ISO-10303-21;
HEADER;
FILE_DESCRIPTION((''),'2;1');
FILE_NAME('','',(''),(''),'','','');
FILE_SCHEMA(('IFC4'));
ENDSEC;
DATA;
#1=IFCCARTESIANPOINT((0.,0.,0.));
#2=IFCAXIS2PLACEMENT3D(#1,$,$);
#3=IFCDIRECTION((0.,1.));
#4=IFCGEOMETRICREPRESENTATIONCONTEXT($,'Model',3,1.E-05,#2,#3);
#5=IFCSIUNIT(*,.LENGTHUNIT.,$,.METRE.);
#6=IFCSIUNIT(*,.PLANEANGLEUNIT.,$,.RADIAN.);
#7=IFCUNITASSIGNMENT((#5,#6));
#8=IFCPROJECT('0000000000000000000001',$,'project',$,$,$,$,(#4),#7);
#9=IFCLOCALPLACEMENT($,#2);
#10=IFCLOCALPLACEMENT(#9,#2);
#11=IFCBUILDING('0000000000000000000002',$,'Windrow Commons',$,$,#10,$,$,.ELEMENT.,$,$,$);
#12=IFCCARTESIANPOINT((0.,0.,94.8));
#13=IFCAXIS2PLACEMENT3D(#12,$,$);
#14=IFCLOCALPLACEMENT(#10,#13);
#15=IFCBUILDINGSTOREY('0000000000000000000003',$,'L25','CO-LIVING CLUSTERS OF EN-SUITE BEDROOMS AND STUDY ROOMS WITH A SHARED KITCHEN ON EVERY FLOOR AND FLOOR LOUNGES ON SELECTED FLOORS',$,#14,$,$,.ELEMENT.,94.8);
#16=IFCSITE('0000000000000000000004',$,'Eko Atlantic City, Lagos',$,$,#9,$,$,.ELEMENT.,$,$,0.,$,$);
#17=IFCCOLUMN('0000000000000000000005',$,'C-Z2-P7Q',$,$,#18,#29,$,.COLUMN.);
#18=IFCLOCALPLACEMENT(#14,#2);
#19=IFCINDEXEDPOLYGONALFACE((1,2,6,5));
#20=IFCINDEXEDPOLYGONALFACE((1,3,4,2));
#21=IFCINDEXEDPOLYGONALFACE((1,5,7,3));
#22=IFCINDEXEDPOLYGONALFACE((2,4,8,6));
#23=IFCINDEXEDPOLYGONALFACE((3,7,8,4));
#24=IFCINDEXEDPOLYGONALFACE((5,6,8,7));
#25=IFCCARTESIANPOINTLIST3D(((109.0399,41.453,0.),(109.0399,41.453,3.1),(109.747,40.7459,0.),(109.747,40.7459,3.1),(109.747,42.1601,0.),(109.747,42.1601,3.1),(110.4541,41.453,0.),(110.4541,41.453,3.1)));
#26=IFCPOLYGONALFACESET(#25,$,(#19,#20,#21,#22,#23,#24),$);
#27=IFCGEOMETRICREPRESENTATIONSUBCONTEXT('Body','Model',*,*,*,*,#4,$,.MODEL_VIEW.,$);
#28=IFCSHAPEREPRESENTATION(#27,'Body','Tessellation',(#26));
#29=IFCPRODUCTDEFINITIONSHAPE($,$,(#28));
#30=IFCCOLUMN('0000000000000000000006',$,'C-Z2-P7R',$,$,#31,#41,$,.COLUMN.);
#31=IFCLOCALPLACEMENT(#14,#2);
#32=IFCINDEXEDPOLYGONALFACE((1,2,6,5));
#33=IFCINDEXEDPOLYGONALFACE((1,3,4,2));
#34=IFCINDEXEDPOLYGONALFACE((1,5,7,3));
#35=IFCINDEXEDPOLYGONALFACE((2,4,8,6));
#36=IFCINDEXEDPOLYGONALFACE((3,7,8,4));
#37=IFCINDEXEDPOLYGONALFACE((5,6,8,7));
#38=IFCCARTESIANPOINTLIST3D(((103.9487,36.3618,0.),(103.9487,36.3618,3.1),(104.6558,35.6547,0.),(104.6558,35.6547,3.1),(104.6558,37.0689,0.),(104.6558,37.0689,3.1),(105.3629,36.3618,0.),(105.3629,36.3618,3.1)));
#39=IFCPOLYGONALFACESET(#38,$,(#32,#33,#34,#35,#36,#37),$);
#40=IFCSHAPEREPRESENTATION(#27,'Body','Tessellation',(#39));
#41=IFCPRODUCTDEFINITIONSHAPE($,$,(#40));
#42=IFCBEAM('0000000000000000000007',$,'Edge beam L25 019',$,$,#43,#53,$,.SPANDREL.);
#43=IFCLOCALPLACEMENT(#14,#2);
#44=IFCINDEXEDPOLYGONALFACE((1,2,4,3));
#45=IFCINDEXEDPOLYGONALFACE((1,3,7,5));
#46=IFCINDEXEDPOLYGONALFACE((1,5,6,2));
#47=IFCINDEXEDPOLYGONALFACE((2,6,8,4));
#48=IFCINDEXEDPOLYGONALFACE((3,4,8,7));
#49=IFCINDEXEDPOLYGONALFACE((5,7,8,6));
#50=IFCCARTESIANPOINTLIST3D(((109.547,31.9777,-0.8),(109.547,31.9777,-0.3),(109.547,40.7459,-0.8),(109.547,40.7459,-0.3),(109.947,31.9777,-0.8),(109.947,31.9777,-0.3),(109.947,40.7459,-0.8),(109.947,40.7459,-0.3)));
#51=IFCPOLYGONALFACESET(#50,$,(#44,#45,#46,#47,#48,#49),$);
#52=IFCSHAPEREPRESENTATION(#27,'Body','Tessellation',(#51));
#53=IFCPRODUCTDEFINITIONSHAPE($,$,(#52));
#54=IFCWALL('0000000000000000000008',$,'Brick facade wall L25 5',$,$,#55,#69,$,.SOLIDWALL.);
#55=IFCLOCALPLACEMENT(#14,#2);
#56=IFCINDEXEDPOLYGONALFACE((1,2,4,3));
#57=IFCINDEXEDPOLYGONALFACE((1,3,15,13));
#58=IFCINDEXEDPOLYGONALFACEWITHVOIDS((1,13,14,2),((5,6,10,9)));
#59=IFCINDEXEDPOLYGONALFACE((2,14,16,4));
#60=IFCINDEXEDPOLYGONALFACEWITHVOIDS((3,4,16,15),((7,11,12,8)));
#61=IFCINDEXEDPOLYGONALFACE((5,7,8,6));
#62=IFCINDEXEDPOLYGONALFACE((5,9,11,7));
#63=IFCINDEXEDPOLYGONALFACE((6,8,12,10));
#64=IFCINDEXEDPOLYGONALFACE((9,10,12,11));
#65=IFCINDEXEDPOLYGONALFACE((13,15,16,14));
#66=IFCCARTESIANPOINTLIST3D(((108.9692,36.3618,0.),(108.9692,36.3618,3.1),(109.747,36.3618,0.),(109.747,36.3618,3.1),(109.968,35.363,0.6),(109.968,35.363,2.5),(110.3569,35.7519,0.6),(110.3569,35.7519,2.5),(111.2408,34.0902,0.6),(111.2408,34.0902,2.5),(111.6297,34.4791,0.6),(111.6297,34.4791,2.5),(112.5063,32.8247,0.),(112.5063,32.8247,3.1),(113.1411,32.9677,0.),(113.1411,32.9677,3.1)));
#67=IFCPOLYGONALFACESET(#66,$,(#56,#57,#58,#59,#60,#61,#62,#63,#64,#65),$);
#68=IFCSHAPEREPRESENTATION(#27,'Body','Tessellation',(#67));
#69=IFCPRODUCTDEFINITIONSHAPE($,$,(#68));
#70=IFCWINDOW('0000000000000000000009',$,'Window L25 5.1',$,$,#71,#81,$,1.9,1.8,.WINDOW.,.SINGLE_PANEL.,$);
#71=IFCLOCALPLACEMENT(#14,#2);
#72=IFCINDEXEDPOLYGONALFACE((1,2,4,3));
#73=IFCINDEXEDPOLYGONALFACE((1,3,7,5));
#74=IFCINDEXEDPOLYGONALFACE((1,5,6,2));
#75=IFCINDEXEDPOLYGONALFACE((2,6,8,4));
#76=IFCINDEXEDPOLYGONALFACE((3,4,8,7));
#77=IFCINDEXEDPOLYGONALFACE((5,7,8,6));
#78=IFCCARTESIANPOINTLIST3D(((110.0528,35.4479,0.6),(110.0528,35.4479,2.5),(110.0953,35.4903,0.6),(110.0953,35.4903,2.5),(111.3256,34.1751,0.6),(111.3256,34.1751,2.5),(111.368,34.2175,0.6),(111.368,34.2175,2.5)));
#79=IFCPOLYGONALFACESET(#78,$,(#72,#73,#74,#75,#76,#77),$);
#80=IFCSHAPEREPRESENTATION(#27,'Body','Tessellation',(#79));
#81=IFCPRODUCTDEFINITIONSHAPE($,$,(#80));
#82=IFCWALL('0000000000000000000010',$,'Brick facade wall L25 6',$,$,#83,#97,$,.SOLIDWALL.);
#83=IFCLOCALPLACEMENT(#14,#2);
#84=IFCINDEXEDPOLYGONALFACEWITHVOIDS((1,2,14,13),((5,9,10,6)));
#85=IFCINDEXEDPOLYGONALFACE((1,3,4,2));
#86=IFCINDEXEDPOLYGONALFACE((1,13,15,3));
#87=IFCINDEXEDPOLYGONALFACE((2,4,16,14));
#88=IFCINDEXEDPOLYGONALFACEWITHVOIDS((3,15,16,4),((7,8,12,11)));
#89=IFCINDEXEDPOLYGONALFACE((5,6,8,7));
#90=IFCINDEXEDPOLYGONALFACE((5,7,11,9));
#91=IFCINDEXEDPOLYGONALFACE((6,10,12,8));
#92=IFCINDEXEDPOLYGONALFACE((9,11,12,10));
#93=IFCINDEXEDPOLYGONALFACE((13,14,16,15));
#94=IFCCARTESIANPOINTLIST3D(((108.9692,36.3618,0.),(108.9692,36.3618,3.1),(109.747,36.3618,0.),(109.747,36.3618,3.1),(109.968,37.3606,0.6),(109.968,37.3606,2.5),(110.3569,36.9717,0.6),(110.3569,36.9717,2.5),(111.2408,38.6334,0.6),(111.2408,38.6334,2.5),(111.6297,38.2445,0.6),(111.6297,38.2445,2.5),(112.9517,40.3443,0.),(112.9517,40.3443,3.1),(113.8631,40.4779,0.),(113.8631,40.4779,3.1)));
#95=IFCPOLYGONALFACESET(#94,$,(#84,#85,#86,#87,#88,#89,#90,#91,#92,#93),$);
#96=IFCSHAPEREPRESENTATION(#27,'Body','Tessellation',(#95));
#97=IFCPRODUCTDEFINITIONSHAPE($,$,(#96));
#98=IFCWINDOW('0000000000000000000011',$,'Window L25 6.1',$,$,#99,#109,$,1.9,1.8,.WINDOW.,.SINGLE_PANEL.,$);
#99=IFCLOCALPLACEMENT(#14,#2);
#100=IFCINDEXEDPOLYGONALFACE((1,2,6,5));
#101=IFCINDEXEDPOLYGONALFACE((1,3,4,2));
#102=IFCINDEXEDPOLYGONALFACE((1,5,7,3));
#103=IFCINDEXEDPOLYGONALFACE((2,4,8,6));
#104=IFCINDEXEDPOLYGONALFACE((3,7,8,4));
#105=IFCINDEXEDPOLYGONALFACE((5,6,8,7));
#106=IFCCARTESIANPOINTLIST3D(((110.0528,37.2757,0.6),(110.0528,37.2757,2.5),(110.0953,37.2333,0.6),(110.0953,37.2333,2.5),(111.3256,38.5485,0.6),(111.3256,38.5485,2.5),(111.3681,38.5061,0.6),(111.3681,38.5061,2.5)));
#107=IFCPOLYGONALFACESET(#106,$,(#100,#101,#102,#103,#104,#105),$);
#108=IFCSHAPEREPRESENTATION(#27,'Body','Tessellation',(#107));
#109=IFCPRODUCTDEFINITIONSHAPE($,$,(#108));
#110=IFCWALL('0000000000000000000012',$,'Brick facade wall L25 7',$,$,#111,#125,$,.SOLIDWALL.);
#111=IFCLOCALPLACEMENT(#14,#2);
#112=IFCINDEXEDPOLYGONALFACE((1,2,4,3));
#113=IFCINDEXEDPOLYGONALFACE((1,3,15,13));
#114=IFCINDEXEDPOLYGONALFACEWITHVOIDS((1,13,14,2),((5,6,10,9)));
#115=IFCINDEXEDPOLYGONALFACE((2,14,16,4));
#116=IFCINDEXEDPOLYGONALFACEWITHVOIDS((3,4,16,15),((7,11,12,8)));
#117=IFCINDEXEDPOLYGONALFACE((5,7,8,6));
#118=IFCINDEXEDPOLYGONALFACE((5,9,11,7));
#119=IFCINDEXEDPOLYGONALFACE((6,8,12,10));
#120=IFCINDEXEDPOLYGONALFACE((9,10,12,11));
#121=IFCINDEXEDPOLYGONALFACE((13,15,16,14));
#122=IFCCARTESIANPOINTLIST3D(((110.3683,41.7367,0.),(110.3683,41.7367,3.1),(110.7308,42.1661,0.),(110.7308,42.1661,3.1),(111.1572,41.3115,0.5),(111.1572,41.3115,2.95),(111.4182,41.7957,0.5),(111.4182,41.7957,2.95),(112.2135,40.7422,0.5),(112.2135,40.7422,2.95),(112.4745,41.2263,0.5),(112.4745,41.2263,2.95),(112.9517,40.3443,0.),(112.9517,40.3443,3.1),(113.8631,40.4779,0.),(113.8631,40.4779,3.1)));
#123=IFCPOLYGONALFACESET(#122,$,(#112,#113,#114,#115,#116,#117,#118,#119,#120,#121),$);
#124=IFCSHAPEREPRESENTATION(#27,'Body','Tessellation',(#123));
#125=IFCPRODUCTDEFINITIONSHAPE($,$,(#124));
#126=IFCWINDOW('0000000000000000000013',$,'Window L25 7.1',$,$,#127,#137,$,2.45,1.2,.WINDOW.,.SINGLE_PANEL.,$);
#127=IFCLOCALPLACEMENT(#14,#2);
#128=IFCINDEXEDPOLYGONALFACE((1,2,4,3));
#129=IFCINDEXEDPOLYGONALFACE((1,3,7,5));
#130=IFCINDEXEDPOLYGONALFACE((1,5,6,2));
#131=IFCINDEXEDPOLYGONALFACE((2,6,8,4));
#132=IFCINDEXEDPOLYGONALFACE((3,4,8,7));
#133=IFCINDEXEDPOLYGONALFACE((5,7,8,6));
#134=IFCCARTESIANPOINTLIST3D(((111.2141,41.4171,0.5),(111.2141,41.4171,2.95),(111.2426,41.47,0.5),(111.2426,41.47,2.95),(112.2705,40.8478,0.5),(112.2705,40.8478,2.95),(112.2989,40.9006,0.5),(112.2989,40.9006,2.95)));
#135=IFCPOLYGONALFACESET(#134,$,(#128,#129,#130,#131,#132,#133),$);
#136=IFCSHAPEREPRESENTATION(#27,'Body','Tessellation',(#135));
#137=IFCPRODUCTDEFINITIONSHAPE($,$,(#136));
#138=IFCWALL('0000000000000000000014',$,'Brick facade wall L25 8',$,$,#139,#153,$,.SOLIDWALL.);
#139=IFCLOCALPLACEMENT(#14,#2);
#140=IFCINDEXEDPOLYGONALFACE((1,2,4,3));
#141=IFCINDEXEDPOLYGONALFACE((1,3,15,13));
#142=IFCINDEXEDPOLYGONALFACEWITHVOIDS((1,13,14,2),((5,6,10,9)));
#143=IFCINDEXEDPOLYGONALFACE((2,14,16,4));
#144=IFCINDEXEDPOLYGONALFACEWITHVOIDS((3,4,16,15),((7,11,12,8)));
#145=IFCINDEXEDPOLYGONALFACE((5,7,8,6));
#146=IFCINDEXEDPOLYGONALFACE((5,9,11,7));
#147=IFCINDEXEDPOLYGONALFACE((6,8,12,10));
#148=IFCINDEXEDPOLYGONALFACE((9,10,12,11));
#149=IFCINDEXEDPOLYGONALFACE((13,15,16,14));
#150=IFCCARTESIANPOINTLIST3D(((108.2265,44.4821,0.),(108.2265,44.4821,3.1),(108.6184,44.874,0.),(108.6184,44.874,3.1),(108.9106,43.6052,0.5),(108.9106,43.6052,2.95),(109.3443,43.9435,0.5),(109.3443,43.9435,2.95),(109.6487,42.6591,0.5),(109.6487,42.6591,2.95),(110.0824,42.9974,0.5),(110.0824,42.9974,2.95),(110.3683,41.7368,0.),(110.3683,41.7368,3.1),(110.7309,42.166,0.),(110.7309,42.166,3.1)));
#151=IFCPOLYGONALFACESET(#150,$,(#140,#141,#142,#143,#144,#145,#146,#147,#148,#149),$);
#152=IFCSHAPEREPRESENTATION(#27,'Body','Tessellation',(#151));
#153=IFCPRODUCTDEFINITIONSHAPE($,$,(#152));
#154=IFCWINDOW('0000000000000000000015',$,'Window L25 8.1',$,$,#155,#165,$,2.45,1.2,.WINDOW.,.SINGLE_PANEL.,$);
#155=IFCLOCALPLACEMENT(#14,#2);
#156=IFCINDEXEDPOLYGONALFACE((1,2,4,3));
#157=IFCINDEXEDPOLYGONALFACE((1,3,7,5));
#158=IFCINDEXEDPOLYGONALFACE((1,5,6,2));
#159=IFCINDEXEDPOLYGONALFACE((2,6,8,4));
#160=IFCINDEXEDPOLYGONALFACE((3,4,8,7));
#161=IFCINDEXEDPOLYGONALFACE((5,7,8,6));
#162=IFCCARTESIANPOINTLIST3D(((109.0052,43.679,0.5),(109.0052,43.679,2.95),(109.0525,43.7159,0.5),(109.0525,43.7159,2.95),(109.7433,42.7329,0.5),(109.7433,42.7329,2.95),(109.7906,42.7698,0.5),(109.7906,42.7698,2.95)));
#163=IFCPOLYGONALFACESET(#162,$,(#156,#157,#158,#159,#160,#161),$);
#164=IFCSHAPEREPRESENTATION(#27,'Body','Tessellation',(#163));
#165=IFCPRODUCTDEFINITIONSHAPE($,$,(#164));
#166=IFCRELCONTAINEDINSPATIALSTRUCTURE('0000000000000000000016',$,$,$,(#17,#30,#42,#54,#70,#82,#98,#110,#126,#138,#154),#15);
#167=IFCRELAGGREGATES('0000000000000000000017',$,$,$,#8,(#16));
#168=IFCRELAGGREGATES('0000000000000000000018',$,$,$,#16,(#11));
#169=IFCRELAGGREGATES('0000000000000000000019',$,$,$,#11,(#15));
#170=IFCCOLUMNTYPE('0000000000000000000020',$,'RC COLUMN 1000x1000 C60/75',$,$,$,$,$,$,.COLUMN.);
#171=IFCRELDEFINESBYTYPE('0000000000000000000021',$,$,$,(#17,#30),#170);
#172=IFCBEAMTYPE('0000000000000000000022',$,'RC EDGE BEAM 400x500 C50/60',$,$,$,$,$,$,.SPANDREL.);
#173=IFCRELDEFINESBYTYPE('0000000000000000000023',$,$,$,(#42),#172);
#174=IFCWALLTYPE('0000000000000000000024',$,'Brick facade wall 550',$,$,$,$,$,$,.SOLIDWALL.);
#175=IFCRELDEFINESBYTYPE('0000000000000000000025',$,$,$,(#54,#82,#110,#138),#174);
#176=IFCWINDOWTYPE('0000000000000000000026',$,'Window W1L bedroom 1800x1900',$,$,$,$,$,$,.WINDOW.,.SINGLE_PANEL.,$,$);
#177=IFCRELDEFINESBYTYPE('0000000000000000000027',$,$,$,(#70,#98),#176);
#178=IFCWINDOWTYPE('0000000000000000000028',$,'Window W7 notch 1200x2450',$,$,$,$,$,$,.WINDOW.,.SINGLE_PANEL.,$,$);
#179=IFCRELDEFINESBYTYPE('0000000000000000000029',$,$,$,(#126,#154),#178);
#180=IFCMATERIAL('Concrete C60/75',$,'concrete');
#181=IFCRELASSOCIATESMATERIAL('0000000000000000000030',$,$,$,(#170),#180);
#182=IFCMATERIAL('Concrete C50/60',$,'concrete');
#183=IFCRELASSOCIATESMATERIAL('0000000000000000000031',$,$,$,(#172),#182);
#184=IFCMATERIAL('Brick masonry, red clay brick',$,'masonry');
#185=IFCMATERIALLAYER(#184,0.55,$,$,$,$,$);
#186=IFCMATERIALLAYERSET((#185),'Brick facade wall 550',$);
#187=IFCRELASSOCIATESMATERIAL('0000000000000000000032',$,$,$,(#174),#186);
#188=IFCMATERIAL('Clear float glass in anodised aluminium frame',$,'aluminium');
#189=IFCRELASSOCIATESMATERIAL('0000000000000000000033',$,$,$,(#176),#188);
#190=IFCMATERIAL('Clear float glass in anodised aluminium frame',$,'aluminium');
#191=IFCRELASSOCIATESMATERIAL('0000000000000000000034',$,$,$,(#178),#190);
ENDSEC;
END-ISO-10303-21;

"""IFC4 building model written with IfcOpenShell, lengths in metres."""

from ifc_helpers import new_model, si_unit, direction, frame, frame_2d, origin, origin_2d, place, context, subcontext, project, spatial, polyline, rectangle, outline, extrude, material, layer, layer_set, material_profile, profile_set, type_object, element, fill, save


model = new_model("IFC4")

# Units and contexts
model_context = context("Model", 3, precision=1e-05, world=origin(), true_north=direction((0.0, 1.0)))
body_context = subcontext(model_context, "Body", "Model", "MODEL_VIEW")
ifc_project = project(units=[si_unit("LENGTHUNIT", "METRE"), si_unit("PLANEANGLEUNIT", "RADIAN")], contexts=[model_context])

# Site, building, storey
site_placement = place(None, origin())
site = spatial("IfcSite", under=ifc_project, at=site_placement, Name="Eko Atlantic City, Lagos", CompositionType="ELEMENT", RefElevation=0.0)
building_placement = place(site_placement, origin())
building = spatial("IfcBuilding", under=site, at=building_placement, Name="Windrow Commons", CompositionType="ELEMENT")
storey_placement = place(building_placement, frame((0.0, 0.0, 94.8)))
storey = spatial("IfcBuildingStorey", under=building, at=storey_placement, Name="L25", Description="CO-LIVING CLUSTERS OF EN-SUITE BEDROOMS AND STUDY ROOMS WITH A SHARED KITCHEN ON EVERY FLOOR AND FLOOR LOUNGES ON SELECTED FLOORS", CompositionType="ELEMENT", Elevation=94.8)

# Columns
ifc_material_1 = material(Name="Concrete C60/75", Category="concrete")
ifc_material_profile_1 = material_profile(ifc_material_1, rectangle(XDim=1.0, YDim=1.0, at=origin_2d()))
ifc_profile_set_1 = profile_set([ifc_material_profile_1], Name="Concrete C60/75")
column_type = type_object("IfcColumnType", Name="RC COLUMN 1000x1000 C60/75", PredefinedType="COLUMN", material=ifc_profile_set_1)
for number, where, z_axis, x_axis, name in (
    (1, (109.747, 41.453, 0.0), (0.0, 0.0, 1.0), (0.707107, -0.707107, 0.0), "C-Z2-P7Q"),
    (2, (104.6558, 36.3618, 0.0), (0.0, 0.0, 1.0), (0.707107, -0.707107, 0.0), "C-Z2-P7R"),
):
    element("IfcColumn", number, at=place(storey_placement, frame(where, z_axis=z_axis, x_axis=x_axis)), inside=storey, type_object=column_type, Name=name, PredefinedType="COLUMN", context=body_context, shape_type="SweptSolid", body=[
        extrude(rectangle(XDim=1.0, YDim=1.0, at=origin_2d()), origin(), (0.0, 0.0, 1.0), 3.1),
    ])

# Beam
ifc_material_2 = material(Name="Concrete C50/60", Category="concrete")
ifc_material_profile_2 = material_profile(ifc_material_2, rectangle(XDim=0.4, YDim=0.5, at=origin_2d()))
ifc_profile_set_2 = profile_set([ifc_material_profile_2], Name="Concrete C50/60")
beam_type = type_object("IfcBeamType", Name="RC EDGE BEAM 400x500 C50/60", PredefinedType="SPANDREL", material=ifc_profile_set_2)
beam_placement = place(storey_placement, frame((109.747, 40.7459, -0.55), z_axis=(0.0, -1.0, 0.0), x_axis=(1.0, 0.0, 0.0)))
element("IfcBeam", 3, at=beam_placement, inside=storey, type_object=beam_type, Name="Edge beam L25 019", PredefinedType="SPANDREL", context=body_context, shape_type="SweptSolid", body=[
    extrude(rectangle(XDim=0.4, YDim=0.5, at=origin_2d()), origin(), (0.0, 0.0, 1.0), 8.7682),
])

# Walls, openings, windows
ifc_material_3 = material(Name="Brick masonry, red clay brick", Category="masonry")
ifc_layer_1 = layer(ifc_material_3, 0.55)
ifc_layer_set_1 = layer_set([ifc_layer_1], Name="Brick facade wall 550")
wall_type_1 = type_object("IfcWallType", Name="Brick facade wall 550", PredefinedType="SOLIDWALL", material=ifc_layer_set_1)
wall_1_placement = place(storey_placement, frame((112.8237, 32.8962, 0.0), z_axis=(0.0, 0.0, 1.0), x_axis=(-0.707107, 0.707107, 0.0)))
wall_1 = element("IfcWall", 4, at=wall_1_placement, inside=storey, type_object=wall_type_1, Name="Brick facade wall L25 5", PredefinedType="SOLIDWALL", context=body_context, shape_type="SweptSolid", body=[
    extrude(outline(polyline([(-0.1739, -0.275), (4.6261, -0.275), (5.1761, 0.275), (0.1739, 0.275), (-0.1739, -0.275)])), origin(), (0.0, 0.0, 1.0), 3.1),
])
opening_1_placement = place(wall_1_placement, frame((1.9636, 0.0, 0.6)))
opening_1 = element("IfcOpeningElement", 5, at=opening_1_placement, cuts=wall_1, PredefinedType="OPENING", context=body_context, shape_type="SweptSolid", body=[
    extrude(rectangle(XDim=1.8, YDim=1.9, at=frame_2d((0.9, 0.95))), frame((0.0, 0.285, 0.0), z_axis=(0.0, -1.0, 0.0), x_axis=(1.0, 0.0, 0.0)), (0.0, 0.0, 1.0), 0.57),
])
ifc_material_4 = material(Name="Clear float glass in anodised aluminium frame", Category="aluminium")
window_type_1 = type_object("IfcWindowType", Name="Window W1L bedroom 1800x1900", PartitioningType="SINGLE_PANEL", PredefinedType="WINDOW", material=ifc_material_4)
window_1_placement = place(opening_1_placement, origin())
window_1 = element("IfcWindow", 6, at=window_1_placement, inside=storey, type_object=window_type_1, Name="Window L25 5.1", OverallHeight=1.9, OverallWidth=1.8, PartitioningType="SINGLE_PANEL", PredefinedType="WINDOW", context=body_context, shape_type="SweptSolid", body=[
    extrude(rectangle(XDim=1.8, YDim=1.9, at=frame_2d((0.9, 0.95))), frame((0.0, 0.155, 0.0), z_axis=(0.0, -1.0, 0.0), x_axis=(1.0, 0.0, 0.0)), (0.0, 0.0, 1.0), 0.06),
])
fill(opening_1, window_1)
wall_2_placement = place(storey_placement, frame((109.3581, 36.3618, 0.0), z_axis=(0.0, 0.0, 1.0), x_axis=(0.707107, 0.707107, 0.0)))
wall_2 = element("IfcWall", 7, at=wall_2_placement, inside=storey, type_object=wall_type_1, Name="Brick facade wall L25 6", PredefinedType="SOLIDWALL", context=body_context, shape_type="SweptSolid", body=[
    extrude(outline(polyline([(0.275, -0.275), (6.096, -0.275), (5.3571, 0.275), (-0.275, 0.275), (0.275, -0.275)])), origin(), (0.0, 0.0, 1.0), 3.1),
])
opening_2_placement = place(wall_2_placement, frame((1.1375, 0.0, 0.6)))
opening_2 = element("IfcOpeningElement", 8, at=opening_2_placement, cuts=wall_2, PredefinedType="OPENING", context=body_context, shape_type="SweptSolid", body=[
    extrude(rectangle(XDim=1.8, YDim=1.9, at=frame_2d((0.9, 0.95))), frame((0.0, 0.285, 0.0), z_axis=(0.0, -1.0, 0.0), x_axis=(1.0, 0.0, 0.0)), (0.0, 0.0, 1.0), 0.57),
])
window_2_placement = place(opening_2_placement, origin())
window_2 = element("IfcWindow", 9, at=window_2_placement, inside=storey, type_object=window_type_1, Name="Window L25 6.1", OverallHeight=1.9, OverallWidth=1.8, PartitioningType="SINGLE_PANEL", PredefinedType="WINDOW", context=body_context, shape_type="SweptSolid", body=[
    extrude(rectangle(XDim=1.8, YDim=1.9, at=frame_2d((0.9, 0.95))), frame((0.0, 0.155, 0.0), z_axis=(0.0, -1.0, 0.0), x_axis=(1.0, 0.0, 0.0)), (0.0, 0.0, 1.0), 0.06),
])
fill(opening_2, window_2)
wall_3_placement = place(storey_placement, frame((113.4074, 40.4111, 0.0), z_axis=(0.0, 0.0, 1.0), x_axis=(-0.88028, 0.474454, 0.0)))
wall_3 = element("IfcWall", 10, at=wall_3_placement, inside=storey, type_object=wall_type_1, Name="Brick facade wall L25 7", PredefinedType="SOLIDWALL", context=body_context, shape_type="SweptSolid", body=[
    extrude(outline(polyline([(-0.3694, -0.275), (3.1888, -0.275), (3.3042, 0.275), (0.3694, 0.275), (-0.3694, -0.275)])), origin(), (0.0, 0.0, 1.0), 3.1),
])
opening_3_placement = place(wall_3_placement, frame((1.208, 0.0, 0.5)))
opening_3 = element("IfcOpeningElement", 11, at=opening_3_placement, cuts=wall_3, PredefinedType="OPENING", context=body_context, shape_type="SweptSolid", body=[
    extrude(rectangle(XDim=1.2, YDim=2.45, at=frame_2d((0.6, 1.225))), frame((0.0, 0.285, 0.0), z_axis=(0.0, -1.0, 0.0), x_axis=(1.0, 0.0, 0.0)), (0.0, 0.0, 1.0), 0.57),
])
ifc_material_5 = material(Name="Clear float glass in anodised aluminium frame", Category="aluminium")
window_type_2 = type_object("IfcWindowType", Name="Window W7 notch 1200x2450", PartitioningType="SINGLE_PANEL", PredefinedType="WINDOW", material=ifc_material_5)
window_3_placement = place(opening_3_placement, origin())
window_3 = element("IfcWindow", 12, at=window_3_placement, inside=storey, type_object=window_type_2, Name="Window L25 7.1", OverallHeight=2.45, OverallWidth=1.2, PartitioningType="SINGLE_PANEL", PredefinedType="WINDOW", context=body_context, shape_type="SweptSolid", body=[
    extrude(rectangle(XDim=1.2, YDim=2.45, at=frame_2d((0.6, 1.225))), frame((0.0, 0.155, 0.0), z_axis=(0.0, -1.0, 0.0), x_axis=(1.0, 0.0, 0.0)), (0.0, 0.0, 1.0), 0.06),
])
fill(opening_3, window_3)
wall_4_placement = place(storey_placement, frame((110.5496, 41.9514, 0.0), z_axis=(0.0, 0.0, 1.0), x_axis=(-0.615099, 0.78845, 0.0)))
wall_4 = element("IfcWall", 13, at=wall_4_placement, inside=storey, type_object=wall_type_1, Name="Brick facade wall L25 8", PredefinedType="SOLIDWALL", context=body_context, shape_type="SweptSolid", body=[
    extrude(outline(polyline([(0.0577, -0.275), (3.4922, -0.275), (3.4243, 0.275), (-0.0577, 0.275), (0.0577, -0.275)])), origin(), (0.0, 0.0, 1.0), 3.1),
])
opening_4_placement = place(wall_4_placement, frame((1.1121, 0.0, 0.5)))
opening_4 = element("IfcOpeningElement", 14, at=opening_4_placement, cuts=wall_4, PredefinedType="OPENING", context=body_context, shape_type="SweptSolid", body=[
    extrude(rectangle(XDim=1.2, YDim=2.45, at=frame_2d((0.6, 1.225))), frame((0.0, 0.285, 0.0), z_axis=(0.0, -1.0, 0.0), x_axis=(1.0, 0.0, 0.0)), (0.0, 0.0, 1.0), 0.57),
])
window_4_placement = place(opening_4_placement, origin())
window_4 = element("IfcWindow", 15, at=window_4_placement, inside=storey, type_object=window_type_2, Name="Window L25 8.1", OverallHeight=2.45, OverallWidth=1.2, PartitioningType="SINGLE_PANEL", PredefinedType="WINDOW", context=body_context, shape_type="SweptSolid", body=[
    extrude(rectangle(XDim=1.2, YDim=2.45, at=frame_2d((0.6, 1.225))), frame((0.0, 0.155, 0.0), z_axis=(0.0, -1.0, 0.0), x_axis=(1.0, 0.0, 0.0)), (0.0, 0.0, 1.0), 0.06),
])
fill(opening_4, window_4)

save(model, "model.ifc")
